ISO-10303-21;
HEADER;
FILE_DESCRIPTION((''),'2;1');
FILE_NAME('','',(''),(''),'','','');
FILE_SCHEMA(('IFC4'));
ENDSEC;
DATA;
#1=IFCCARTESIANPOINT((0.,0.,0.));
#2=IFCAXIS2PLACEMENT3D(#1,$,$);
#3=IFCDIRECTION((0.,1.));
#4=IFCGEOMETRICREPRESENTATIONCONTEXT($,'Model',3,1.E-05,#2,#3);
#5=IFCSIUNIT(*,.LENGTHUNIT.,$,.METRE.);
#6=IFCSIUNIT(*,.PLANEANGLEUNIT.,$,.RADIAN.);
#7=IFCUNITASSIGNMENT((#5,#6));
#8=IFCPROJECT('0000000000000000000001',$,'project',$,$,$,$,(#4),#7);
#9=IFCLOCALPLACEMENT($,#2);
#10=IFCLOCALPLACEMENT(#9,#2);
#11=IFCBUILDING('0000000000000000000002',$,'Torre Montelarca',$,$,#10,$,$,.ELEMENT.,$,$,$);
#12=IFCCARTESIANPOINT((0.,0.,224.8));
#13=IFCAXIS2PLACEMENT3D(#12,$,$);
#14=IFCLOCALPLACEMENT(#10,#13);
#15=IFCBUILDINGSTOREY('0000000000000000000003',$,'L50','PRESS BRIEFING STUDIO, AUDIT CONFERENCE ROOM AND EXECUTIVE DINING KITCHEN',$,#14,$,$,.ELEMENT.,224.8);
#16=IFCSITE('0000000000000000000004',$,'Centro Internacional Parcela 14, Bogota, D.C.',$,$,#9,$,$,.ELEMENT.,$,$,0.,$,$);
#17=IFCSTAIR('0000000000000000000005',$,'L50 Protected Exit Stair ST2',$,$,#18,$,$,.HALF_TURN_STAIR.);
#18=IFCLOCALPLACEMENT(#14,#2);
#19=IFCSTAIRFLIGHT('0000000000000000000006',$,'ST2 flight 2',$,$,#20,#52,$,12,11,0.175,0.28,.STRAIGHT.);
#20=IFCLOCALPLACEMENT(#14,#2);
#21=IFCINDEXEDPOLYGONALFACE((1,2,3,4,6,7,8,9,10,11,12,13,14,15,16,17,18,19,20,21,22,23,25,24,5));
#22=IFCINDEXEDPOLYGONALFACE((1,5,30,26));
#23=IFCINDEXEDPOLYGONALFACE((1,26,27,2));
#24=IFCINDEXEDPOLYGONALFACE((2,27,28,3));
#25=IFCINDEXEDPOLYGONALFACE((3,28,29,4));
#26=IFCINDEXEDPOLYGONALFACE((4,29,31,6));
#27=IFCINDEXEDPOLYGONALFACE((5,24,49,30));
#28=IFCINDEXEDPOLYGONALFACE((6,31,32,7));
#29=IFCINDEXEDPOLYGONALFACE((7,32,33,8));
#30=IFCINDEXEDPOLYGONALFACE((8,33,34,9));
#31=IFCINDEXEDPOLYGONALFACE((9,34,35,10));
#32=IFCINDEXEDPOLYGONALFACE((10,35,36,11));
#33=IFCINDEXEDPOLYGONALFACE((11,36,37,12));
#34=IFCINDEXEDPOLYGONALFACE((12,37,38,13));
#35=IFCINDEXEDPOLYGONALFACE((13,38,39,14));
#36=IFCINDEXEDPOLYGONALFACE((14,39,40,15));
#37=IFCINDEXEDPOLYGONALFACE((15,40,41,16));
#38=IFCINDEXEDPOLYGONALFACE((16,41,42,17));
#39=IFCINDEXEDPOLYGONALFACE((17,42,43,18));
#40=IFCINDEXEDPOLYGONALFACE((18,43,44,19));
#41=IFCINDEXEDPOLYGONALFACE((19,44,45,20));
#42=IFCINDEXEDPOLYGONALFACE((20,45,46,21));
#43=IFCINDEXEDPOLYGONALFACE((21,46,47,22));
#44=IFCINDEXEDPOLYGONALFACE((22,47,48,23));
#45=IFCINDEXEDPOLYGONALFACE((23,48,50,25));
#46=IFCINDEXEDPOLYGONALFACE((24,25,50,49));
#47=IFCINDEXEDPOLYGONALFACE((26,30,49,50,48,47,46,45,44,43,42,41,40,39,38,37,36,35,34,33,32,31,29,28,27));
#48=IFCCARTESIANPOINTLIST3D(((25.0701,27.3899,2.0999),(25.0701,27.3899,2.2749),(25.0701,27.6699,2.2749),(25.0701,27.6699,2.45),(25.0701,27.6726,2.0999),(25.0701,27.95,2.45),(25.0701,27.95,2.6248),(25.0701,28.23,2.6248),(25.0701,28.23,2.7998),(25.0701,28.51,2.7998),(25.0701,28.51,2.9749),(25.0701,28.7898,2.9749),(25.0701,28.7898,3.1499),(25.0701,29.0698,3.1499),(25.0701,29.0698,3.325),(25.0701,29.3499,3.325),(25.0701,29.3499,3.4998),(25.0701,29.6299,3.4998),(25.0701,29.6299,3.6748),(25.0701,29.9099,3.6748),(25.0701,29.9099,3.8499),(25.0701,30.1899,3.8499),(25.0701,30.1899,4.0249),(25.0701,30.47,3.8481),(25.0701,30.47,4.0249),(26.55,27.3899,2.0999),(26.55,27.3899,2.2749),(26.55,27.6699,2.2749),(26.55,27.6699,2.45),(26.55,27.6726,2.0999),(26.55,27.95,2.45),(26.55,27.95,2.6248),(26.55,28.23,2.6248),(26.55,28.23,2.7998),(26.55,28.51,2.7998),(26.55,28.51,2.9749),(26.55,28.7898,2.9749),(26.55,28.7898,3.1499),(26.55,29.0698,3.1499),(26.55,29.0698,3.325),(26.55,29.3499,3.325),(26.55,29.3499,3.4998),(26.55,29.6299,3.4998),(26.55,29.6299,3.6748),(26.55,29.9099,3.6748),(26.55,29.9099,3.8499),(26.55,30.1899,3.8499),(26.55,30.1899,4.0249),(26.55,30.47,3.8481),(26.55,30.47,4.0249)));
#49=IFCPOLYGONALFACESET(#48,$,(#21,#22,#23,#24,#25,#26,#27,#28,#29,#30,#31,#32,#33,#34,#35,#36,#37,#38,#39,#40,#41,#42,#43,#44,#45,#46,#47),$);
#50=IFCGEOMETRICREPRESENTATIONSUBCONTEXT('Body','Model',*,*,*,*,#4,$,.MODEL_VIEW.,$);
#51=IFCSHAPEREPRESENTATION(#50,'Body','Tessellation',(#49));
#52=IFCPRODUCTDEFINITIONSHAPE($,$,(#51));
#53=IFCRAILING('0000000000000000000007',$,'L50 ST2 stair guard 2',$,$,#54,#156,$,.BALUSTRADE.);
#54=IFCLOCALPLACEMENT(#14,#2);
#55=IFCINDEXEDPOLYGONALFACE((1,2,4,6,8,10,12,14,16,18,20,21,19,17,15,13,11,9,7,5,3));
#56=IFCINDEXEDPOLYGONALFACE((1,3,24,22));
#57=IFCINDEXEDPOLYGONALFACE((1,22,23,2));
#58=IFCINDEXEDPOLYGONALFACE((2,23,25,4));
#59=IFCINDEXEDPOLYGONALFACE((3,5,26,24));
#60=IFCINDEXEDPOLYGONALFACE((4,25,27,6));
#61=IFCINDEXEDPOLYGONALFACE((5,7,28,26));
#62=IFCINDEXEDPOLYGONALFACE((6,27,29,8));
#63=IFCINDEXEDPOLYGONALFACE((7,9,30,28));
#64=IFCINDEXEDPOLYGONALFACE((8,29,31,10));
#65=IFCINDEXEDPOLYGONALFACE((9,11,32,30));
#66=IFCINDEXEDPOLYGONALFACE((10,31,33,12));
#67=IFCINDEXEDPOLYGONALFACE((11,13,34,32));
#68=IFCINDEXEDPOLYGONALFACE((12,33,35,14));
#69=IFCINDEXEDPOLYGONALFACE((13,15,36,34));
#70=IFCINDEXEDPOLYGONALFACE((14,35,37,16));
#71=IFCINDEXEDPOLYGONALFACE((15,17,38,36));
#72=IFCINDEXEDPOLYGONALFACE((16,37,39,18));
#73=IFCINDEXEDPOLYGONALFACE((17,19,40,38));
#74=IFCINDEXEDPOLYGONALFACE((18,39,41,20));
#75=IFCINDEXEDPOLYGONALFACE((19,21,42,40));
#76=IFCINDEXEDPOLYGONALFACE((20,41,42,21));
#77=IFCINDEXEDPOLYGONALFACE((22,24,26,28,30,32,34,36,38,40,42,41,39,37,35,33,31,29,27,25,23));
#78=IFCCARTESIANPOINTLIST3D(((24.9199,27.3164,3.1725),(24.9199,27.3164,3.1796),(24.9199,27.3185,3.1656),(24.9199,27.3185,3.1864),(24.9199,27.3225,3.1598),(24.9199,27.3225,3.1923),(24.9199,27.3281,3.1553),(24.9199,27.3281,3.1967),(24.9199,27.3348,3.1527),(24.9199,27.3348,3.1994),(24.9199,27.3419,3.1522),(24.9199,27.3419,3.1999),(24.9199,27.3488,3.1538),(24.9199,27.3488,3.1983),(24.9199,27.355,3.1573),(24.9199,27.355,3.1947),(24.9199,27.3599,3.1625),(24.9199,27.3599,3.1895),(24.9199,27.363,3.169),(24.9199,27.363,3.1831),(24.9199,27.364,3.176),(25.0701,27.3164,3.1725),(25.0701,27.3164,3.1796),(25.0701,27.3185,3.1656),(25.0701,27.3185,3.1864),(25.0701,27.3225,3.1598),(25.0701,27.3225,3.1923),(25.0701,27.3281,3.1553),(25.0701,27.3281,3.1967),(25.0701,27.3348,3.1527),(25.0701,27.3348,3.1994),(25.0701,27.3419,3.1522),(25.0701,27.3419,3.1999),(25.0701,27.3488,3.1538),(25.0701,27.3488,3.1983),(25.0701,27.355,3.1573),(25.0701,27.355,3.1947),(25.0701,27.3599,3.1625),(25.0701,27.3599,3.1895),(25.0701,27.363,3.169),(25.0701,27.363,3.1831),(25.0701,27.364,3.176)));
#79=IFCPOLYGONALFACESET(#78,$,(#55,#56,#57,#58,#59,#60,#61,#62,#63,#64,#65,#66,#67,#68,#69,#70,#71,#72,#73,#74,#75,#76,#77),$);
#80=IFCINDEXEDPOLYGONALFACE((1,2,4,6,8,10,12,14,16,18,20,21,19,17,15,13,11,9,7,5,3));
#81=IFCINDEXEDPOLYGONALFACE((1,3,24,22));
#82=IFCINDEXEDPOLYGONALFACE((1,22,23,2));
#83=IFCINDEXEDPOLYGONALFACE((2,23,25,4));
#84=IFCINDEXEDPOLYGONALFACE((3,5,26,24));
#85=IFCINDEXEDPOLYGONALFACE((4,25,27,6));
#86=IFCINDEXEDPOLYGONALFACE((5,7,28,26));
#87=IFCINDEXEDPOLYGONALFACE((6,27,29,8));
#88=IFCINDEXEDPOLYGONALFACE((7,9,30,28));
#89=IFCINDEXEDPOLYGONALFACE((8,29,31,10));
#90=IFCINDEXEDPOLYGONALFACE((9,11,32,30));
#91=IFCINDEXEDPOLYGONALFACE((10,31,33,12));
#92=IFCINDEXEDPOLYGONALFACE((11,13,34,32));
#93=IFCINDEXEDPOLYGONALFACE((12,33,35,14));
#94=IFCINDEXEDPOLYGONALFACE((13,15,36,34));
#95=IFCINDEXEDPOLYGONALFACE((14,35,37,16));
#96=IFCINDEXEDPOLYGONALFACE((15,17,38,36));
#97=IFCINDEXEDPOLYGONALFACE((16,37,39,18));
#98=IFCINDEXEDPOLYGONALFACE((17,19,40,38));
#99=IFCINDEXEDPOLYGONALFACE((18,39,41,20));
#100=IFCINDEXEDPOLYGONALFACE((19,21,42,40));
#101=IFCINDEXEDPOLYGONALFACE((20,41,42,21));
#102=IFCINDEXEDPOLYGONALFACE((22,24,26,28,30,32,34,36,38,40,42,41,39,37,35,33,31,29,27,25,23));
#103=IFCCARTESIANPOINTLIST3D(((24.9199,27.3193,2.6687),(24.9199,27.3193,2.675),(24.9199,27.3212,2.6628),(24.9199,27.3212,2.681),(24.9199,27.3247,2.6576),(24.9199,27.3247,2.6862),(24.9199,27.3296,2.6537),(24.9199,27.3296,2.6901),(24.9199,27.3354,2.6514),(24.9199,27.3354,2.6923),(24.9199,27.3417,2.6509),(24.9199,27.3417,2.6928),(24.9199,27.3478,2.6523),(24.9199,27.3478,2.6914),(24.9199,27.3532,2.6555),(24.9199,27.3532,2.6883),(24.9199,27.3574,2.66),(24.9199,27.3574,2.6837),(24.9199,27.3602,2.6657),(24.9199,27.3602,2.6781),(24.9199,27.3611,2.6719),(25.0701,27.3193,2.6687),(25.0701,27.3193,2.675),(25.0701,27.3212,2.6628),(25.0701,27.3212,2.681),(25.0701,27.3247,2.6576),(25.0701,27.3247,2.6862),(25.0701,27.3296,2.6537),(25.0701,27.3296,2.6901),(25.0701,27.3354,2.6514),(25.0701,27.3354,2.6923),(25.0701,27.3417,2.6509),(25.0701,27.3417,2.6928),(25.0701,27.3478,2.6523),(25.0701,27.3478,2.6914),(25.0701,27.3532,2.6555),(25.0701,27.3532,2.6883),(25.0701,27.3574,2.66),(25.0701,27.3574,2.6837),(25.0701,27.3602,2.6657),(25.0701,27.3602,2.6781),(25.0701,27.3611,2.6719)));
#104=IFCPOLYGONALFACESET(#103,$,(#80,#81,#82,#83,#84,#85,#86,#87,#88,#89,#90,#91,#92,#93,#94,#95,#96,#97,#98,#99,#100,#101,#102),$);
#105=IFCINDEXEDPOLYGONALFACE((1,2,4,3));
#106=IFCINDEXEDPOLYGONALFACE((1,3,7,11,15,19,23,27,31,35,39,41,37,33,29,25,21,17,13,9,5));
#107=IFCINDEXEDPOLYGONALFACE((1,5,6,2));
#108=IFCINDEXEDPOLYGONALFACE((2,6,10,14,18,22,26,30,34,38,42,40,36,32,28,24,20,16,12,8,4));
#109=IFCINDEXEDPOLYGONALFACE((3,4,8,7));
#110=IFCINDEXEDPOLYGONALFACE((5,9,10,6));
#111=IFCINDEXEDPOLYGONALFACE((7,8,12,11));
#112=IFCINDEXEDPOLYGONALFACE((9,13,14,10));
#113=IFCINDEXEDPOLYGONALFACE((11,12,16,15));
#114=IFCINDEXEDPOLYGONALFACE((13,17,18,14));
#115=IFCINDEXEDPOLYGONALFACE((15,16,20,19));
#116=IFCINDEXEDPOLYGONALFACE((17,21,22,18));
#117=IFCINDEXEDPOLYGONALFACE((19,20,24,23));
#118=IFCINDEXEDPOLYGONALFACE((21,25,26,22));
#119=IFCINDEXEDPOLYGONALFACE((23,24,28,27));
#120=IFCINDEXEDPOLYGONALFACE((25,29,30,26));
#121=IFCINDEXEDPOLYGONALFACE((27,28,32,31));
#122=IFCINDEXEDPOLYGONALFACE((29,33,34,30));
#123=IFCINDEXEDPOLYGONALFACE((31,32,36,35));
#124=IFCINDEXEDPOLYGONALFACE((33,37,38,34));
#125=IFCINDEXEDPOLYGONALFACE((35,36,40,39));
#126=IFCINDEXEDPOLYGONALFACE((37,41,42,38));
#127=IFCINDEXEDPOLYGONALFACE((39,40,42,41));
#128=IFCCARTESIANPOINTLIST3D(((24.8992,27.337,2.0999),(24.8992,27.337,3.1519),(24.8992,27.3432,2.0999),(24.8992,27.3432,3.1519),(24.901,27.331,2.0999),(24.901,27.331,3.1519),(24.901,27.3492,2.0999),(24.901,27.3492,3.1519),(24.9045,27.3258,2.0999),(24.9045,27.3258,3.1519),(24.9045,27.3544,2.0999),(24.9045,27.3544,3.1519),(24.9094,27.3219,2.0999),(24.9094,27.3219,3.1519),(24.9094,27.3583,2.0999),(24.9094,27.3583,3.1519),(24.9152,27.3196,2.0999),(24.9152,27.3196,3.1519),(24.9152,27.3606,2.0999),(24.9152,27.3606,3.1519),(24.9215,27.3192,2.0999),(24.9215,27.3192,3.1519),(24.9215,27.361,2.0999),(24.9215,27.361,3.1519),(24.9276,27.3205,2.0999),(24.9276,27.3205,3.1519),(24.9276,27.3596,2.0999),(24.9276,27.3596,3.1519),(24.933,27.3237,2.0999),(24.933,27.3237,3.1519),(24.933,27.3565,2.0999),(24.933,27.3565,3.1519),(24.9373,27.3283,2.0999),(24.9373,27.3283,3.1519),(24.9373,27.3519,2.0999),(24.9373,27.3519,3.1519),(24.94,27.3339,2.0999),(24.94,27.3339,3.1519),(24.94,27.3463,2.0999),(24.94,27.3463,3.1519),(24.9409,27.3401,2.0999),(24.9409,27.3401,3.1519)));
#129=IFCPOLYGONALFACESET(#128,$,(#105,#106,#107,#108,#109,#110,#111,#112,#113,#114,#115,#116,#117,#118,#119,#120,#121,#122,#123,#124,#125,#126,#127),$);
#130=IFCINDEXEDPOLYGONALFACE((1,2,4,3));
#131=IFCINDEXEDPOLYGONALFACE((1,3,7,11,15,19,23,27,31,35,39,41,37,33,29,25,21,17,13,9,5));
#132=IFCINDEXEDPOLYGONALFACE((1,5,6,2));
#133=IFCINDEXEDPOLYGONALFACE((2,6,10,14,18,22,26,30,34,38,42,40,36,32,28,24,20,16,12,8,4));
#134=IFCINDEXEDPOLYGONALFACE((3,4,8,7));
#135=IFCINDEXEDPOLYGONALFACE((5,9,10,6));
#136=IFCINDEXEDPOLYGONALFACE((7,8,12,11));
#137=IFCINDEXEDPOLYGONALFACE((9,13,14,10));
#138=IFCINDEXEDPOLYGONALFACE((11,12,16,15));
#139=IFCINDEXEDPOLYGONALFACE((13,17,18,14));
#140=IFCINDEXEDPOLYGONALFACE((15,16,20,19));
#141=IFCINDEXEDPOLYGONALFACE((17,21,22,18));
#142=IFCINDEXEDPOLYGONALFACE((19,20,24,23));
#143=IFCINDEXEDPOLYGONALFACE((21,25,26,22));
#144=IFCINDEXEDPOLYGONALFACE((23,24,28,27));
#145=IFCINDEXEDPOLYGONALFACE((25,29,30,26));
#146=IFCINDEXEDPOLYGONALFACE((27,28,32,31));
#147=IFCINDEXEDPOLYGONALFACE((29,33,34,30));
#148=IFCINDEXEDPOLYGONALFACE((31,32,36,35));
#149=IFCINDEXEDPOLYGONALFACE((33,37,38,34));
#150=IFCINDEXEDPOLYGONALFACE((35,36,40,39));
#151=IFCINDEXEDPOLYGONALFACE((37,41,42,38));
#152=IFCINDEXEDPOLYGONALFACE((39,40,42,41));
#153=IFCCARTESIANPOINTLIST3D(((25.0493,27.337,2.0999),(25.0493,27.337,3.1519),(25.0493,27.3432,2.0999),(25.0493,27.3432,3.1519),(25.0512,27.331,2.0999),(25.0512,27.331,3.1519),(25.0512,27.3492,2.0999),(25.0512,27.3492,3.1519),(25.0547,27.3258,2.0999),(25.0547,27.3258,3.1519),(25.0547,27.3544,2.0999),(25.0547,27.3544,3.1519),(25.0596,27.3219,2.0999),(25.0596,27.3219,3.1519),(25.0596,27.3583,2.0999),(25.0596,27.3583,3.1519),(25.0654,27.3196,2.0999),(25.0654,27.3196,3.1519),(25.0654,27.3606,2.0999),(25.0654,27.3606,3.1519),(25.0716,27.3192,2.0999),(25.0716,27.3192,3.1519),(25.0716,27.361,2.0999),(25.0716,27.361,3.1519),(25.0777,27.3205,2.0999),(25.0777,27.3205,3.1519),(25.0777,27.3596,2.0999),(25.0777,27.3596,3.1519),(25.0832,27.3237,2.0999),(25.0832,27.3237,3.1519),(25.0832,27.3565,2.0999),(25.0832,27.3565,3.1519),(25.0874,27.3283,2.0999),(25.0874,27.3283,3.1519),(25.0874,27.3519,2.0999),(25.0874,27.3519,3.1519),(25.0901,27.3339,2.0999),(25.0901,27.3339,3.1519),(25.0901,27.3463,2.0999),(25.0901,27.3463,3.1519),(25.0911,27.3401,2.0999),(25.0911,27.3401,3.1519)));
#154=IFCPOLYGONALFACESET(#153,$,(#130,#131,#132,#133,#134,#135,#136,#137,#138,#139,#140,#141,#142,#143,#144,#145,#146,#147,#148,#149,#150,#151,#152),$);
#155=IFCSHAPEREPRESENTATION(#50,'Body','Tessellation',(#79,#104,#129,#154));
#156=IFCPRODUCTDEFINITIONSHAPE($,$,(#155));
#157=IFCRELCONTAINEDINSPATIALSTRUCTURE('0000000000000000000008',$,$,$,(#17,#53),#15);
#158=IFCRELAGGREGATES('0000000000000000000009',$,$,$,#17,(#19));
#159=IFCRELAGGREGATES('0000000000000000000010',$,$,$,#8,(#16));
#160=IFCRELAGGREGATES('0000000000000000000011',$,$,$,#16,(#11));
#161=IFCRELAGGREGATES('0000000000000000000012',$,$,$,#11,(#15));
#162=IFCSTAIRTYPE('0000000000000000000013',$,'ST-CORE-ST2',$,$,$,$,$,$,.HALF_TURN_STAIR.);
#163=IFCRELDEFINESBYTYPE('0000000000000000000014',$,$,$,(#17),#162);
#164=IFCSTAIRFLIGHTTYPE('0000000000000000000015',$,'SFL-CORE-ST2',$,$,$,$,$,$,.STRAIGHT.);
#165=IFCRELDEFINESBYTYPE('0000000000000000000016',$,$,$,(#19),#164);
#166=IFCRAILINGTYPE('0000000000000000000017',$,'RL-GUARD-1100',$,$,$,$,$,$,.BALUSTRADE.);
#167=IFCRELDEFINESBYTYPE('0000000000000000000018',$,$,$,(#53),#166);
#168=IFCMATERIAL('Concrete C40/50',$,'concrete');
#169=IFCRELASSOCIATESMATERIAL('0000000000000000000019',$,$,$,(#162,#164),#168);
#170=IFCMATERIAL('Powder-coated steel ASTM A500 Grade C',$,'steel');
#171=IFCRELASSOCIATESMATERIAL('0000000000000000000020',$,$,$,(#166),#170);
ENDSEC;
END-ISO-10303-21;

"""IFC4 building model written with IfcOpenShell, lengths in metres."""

from ifc_helpers import new_model, si_unit, direction, frame, origin, origin_2d, place, context, subcontext, project, spatial, polyline, circle, outline, extrude, material, type_object, element, aggregate, save


model = new_model("IFC4")

# Units and contexts
model_context = context("Model", 3, precision=1e-05, world=origin(), true_north=direction((0.0, 1.0)))
body_context = subcontext(model_context, "Body", "Model", "MODEL_VIEW")
ifc_project = project(units=[si_unit("LENGTHUNIT", "METRE"), si_unit("PLANEANGLEUNIT", "RADIAN")], contexts=[model_context])

# Site, building, storey
site_placement = place(None, origin())
site = spatial("IfcSite", under=ifc_project, at=site_placement, Name="Centro Internacional Parcela 14, Bogota, D.C.", CompositionType="ELEMENT", RefElevation=0.0)
building_placement = place(site_placement, origin())
building = spatial("IfcBuilding", under=site, at=building_placement, Name="Torre Montelarca", CompositionType="ELEMENT")
storey_placement = place(building_placement, frame((0.0, 0.0, 224.8)))
storey = spatial("IfcBuildingStorey", under=building, at=storey_placement, Name="L50", Description="PRESS BRIEFING STUDIO, AUDIT CONFERENCE ROOM AND EXECUTIVE DINING KITCHEN", CompositionType="ELEMENT", Elevation=224.8)

# Shared definitions
ifc_material_1 = material(Name="Concrete C40/50", Category="concrete")

# Stair, stair flight
stair_type = type_object("IfcStairType", Name="ST-CORE-ST2", PredefinedType="HALF_TURN_STAIR", material=ifc_material_1)
stair_placement = place(storey_placement, origin())
stair = element("IfcStair", 1, at=stair_placement, inside=storey, type_object=stair_type, Name="L50 Protected Exit Stair ST2", PredefinedType="HALF_TURN_STAIR")
stair_flight_type = type_object("IfcStairFlightType", Name="SFL-CORE-ST2", PredefinedType="STRAIGHT", material=ifc_material_1)
stair_flight_placement = place(storey_placement, frame((25.8101, 27.3899, 2.0999), z_axis=(0.0, 0.0, 1.0), x_axis=(0.0, 1.0, 0.0)))
stair_flight = element("IfcStairFlight", 2, at=stair_flight_placement, type_object=stair_flight_type, Name="ST2 flight 2", NumberOfRisers=12, NumberOfTreads=11, PredefinedType="STRAIGHT", RiserHeight=0.175, TreadLength=0.28, context=body_context, shape_type="SweptSolid", body=[
    extrude(outline(polyline([(0.0, 0.0), (0.0, 0.175), (0.28, 0.175), (0.28, 0.3501), (0.5601, 0.3501), (0.5601, 0.5249), (0.8401, 0.5249), (0.8401, 0.7), (1.1201, 0.7), (1.1201, 0.875), (1.3999, 0.875), (1.3999, 1.05), (1.6799, 1.05), (1.6799, 1.2251), (1.96, 1.2251), (1.96, 1.3999), (2.24, 1.3999), (2.24, 1.575), (2.52, 1.575), (2.52, 1.75), (2.8, 1.75), (2.8, 1.925), (3.0801, 1.925), (3.0801, 2.1001), (3.0801, 1.7483), (0.2827, 0.0), (0.0, 0.0)])), frame((0.0, 0.74, 0.0), z_axis=(0.0, -1.0, 0.0), x_axis=(1.0, 0.0, 0.0)), (0.0, 0.0, 1.0), 1.48),
])
aggregate(stair, [stair_flight])

# Railing
ifc_material_2 = material(Name="Powder-coated steel ASTM A500 Grade C", Category="steel")
railing_type_1 = type_object("IfcRailingType", Name="RL-GUARD-1100", PredefinedType="BALUSTRADE", material=ifc_material_2)
railing_1_placement = place(storey_placement, frame((24.9199, 27.3401, 2.0999)))
element("IfcRailing", 3, at=railing_1_placement, inside=storey, type_object=railing_type_1, Name="L50 ST2 stair guard 2", PredefinedType="BALUSTRADE", context=body_context, shape_type="SweptSolid", body=[
    extrude(circle(Radius=0.0239, at=origin_2d()), frame((0.0, 0.0, 1.0762), z_axis=(1.0, 0.0, 0.0), x_axis=(0.0, 1.0, 0.0)), (0.0, 0.0, 1.0), 0.1501),
    extrude(circle(Radius=0.021, at=origin_2d()), frame((0.0, 0.0, 0.572), z_axis=(1.0, 0.0, 0.0), x_axis=(0.0, 1.0, 0.0)), (0.0, 0.0, 1.0), 0.1501),
    extrude(circle(Radius=0.021, at=origin_2d()), origin(), (0.0, 0.0, 1.0), 1.052),
    extrude(circle(Radius=0.021, at=origin_2d()), frame((0.1501, 0.0, 0.0)), (0.0, 0.0, 1.0), 1.052),
])

save(model, "model.ifc")
